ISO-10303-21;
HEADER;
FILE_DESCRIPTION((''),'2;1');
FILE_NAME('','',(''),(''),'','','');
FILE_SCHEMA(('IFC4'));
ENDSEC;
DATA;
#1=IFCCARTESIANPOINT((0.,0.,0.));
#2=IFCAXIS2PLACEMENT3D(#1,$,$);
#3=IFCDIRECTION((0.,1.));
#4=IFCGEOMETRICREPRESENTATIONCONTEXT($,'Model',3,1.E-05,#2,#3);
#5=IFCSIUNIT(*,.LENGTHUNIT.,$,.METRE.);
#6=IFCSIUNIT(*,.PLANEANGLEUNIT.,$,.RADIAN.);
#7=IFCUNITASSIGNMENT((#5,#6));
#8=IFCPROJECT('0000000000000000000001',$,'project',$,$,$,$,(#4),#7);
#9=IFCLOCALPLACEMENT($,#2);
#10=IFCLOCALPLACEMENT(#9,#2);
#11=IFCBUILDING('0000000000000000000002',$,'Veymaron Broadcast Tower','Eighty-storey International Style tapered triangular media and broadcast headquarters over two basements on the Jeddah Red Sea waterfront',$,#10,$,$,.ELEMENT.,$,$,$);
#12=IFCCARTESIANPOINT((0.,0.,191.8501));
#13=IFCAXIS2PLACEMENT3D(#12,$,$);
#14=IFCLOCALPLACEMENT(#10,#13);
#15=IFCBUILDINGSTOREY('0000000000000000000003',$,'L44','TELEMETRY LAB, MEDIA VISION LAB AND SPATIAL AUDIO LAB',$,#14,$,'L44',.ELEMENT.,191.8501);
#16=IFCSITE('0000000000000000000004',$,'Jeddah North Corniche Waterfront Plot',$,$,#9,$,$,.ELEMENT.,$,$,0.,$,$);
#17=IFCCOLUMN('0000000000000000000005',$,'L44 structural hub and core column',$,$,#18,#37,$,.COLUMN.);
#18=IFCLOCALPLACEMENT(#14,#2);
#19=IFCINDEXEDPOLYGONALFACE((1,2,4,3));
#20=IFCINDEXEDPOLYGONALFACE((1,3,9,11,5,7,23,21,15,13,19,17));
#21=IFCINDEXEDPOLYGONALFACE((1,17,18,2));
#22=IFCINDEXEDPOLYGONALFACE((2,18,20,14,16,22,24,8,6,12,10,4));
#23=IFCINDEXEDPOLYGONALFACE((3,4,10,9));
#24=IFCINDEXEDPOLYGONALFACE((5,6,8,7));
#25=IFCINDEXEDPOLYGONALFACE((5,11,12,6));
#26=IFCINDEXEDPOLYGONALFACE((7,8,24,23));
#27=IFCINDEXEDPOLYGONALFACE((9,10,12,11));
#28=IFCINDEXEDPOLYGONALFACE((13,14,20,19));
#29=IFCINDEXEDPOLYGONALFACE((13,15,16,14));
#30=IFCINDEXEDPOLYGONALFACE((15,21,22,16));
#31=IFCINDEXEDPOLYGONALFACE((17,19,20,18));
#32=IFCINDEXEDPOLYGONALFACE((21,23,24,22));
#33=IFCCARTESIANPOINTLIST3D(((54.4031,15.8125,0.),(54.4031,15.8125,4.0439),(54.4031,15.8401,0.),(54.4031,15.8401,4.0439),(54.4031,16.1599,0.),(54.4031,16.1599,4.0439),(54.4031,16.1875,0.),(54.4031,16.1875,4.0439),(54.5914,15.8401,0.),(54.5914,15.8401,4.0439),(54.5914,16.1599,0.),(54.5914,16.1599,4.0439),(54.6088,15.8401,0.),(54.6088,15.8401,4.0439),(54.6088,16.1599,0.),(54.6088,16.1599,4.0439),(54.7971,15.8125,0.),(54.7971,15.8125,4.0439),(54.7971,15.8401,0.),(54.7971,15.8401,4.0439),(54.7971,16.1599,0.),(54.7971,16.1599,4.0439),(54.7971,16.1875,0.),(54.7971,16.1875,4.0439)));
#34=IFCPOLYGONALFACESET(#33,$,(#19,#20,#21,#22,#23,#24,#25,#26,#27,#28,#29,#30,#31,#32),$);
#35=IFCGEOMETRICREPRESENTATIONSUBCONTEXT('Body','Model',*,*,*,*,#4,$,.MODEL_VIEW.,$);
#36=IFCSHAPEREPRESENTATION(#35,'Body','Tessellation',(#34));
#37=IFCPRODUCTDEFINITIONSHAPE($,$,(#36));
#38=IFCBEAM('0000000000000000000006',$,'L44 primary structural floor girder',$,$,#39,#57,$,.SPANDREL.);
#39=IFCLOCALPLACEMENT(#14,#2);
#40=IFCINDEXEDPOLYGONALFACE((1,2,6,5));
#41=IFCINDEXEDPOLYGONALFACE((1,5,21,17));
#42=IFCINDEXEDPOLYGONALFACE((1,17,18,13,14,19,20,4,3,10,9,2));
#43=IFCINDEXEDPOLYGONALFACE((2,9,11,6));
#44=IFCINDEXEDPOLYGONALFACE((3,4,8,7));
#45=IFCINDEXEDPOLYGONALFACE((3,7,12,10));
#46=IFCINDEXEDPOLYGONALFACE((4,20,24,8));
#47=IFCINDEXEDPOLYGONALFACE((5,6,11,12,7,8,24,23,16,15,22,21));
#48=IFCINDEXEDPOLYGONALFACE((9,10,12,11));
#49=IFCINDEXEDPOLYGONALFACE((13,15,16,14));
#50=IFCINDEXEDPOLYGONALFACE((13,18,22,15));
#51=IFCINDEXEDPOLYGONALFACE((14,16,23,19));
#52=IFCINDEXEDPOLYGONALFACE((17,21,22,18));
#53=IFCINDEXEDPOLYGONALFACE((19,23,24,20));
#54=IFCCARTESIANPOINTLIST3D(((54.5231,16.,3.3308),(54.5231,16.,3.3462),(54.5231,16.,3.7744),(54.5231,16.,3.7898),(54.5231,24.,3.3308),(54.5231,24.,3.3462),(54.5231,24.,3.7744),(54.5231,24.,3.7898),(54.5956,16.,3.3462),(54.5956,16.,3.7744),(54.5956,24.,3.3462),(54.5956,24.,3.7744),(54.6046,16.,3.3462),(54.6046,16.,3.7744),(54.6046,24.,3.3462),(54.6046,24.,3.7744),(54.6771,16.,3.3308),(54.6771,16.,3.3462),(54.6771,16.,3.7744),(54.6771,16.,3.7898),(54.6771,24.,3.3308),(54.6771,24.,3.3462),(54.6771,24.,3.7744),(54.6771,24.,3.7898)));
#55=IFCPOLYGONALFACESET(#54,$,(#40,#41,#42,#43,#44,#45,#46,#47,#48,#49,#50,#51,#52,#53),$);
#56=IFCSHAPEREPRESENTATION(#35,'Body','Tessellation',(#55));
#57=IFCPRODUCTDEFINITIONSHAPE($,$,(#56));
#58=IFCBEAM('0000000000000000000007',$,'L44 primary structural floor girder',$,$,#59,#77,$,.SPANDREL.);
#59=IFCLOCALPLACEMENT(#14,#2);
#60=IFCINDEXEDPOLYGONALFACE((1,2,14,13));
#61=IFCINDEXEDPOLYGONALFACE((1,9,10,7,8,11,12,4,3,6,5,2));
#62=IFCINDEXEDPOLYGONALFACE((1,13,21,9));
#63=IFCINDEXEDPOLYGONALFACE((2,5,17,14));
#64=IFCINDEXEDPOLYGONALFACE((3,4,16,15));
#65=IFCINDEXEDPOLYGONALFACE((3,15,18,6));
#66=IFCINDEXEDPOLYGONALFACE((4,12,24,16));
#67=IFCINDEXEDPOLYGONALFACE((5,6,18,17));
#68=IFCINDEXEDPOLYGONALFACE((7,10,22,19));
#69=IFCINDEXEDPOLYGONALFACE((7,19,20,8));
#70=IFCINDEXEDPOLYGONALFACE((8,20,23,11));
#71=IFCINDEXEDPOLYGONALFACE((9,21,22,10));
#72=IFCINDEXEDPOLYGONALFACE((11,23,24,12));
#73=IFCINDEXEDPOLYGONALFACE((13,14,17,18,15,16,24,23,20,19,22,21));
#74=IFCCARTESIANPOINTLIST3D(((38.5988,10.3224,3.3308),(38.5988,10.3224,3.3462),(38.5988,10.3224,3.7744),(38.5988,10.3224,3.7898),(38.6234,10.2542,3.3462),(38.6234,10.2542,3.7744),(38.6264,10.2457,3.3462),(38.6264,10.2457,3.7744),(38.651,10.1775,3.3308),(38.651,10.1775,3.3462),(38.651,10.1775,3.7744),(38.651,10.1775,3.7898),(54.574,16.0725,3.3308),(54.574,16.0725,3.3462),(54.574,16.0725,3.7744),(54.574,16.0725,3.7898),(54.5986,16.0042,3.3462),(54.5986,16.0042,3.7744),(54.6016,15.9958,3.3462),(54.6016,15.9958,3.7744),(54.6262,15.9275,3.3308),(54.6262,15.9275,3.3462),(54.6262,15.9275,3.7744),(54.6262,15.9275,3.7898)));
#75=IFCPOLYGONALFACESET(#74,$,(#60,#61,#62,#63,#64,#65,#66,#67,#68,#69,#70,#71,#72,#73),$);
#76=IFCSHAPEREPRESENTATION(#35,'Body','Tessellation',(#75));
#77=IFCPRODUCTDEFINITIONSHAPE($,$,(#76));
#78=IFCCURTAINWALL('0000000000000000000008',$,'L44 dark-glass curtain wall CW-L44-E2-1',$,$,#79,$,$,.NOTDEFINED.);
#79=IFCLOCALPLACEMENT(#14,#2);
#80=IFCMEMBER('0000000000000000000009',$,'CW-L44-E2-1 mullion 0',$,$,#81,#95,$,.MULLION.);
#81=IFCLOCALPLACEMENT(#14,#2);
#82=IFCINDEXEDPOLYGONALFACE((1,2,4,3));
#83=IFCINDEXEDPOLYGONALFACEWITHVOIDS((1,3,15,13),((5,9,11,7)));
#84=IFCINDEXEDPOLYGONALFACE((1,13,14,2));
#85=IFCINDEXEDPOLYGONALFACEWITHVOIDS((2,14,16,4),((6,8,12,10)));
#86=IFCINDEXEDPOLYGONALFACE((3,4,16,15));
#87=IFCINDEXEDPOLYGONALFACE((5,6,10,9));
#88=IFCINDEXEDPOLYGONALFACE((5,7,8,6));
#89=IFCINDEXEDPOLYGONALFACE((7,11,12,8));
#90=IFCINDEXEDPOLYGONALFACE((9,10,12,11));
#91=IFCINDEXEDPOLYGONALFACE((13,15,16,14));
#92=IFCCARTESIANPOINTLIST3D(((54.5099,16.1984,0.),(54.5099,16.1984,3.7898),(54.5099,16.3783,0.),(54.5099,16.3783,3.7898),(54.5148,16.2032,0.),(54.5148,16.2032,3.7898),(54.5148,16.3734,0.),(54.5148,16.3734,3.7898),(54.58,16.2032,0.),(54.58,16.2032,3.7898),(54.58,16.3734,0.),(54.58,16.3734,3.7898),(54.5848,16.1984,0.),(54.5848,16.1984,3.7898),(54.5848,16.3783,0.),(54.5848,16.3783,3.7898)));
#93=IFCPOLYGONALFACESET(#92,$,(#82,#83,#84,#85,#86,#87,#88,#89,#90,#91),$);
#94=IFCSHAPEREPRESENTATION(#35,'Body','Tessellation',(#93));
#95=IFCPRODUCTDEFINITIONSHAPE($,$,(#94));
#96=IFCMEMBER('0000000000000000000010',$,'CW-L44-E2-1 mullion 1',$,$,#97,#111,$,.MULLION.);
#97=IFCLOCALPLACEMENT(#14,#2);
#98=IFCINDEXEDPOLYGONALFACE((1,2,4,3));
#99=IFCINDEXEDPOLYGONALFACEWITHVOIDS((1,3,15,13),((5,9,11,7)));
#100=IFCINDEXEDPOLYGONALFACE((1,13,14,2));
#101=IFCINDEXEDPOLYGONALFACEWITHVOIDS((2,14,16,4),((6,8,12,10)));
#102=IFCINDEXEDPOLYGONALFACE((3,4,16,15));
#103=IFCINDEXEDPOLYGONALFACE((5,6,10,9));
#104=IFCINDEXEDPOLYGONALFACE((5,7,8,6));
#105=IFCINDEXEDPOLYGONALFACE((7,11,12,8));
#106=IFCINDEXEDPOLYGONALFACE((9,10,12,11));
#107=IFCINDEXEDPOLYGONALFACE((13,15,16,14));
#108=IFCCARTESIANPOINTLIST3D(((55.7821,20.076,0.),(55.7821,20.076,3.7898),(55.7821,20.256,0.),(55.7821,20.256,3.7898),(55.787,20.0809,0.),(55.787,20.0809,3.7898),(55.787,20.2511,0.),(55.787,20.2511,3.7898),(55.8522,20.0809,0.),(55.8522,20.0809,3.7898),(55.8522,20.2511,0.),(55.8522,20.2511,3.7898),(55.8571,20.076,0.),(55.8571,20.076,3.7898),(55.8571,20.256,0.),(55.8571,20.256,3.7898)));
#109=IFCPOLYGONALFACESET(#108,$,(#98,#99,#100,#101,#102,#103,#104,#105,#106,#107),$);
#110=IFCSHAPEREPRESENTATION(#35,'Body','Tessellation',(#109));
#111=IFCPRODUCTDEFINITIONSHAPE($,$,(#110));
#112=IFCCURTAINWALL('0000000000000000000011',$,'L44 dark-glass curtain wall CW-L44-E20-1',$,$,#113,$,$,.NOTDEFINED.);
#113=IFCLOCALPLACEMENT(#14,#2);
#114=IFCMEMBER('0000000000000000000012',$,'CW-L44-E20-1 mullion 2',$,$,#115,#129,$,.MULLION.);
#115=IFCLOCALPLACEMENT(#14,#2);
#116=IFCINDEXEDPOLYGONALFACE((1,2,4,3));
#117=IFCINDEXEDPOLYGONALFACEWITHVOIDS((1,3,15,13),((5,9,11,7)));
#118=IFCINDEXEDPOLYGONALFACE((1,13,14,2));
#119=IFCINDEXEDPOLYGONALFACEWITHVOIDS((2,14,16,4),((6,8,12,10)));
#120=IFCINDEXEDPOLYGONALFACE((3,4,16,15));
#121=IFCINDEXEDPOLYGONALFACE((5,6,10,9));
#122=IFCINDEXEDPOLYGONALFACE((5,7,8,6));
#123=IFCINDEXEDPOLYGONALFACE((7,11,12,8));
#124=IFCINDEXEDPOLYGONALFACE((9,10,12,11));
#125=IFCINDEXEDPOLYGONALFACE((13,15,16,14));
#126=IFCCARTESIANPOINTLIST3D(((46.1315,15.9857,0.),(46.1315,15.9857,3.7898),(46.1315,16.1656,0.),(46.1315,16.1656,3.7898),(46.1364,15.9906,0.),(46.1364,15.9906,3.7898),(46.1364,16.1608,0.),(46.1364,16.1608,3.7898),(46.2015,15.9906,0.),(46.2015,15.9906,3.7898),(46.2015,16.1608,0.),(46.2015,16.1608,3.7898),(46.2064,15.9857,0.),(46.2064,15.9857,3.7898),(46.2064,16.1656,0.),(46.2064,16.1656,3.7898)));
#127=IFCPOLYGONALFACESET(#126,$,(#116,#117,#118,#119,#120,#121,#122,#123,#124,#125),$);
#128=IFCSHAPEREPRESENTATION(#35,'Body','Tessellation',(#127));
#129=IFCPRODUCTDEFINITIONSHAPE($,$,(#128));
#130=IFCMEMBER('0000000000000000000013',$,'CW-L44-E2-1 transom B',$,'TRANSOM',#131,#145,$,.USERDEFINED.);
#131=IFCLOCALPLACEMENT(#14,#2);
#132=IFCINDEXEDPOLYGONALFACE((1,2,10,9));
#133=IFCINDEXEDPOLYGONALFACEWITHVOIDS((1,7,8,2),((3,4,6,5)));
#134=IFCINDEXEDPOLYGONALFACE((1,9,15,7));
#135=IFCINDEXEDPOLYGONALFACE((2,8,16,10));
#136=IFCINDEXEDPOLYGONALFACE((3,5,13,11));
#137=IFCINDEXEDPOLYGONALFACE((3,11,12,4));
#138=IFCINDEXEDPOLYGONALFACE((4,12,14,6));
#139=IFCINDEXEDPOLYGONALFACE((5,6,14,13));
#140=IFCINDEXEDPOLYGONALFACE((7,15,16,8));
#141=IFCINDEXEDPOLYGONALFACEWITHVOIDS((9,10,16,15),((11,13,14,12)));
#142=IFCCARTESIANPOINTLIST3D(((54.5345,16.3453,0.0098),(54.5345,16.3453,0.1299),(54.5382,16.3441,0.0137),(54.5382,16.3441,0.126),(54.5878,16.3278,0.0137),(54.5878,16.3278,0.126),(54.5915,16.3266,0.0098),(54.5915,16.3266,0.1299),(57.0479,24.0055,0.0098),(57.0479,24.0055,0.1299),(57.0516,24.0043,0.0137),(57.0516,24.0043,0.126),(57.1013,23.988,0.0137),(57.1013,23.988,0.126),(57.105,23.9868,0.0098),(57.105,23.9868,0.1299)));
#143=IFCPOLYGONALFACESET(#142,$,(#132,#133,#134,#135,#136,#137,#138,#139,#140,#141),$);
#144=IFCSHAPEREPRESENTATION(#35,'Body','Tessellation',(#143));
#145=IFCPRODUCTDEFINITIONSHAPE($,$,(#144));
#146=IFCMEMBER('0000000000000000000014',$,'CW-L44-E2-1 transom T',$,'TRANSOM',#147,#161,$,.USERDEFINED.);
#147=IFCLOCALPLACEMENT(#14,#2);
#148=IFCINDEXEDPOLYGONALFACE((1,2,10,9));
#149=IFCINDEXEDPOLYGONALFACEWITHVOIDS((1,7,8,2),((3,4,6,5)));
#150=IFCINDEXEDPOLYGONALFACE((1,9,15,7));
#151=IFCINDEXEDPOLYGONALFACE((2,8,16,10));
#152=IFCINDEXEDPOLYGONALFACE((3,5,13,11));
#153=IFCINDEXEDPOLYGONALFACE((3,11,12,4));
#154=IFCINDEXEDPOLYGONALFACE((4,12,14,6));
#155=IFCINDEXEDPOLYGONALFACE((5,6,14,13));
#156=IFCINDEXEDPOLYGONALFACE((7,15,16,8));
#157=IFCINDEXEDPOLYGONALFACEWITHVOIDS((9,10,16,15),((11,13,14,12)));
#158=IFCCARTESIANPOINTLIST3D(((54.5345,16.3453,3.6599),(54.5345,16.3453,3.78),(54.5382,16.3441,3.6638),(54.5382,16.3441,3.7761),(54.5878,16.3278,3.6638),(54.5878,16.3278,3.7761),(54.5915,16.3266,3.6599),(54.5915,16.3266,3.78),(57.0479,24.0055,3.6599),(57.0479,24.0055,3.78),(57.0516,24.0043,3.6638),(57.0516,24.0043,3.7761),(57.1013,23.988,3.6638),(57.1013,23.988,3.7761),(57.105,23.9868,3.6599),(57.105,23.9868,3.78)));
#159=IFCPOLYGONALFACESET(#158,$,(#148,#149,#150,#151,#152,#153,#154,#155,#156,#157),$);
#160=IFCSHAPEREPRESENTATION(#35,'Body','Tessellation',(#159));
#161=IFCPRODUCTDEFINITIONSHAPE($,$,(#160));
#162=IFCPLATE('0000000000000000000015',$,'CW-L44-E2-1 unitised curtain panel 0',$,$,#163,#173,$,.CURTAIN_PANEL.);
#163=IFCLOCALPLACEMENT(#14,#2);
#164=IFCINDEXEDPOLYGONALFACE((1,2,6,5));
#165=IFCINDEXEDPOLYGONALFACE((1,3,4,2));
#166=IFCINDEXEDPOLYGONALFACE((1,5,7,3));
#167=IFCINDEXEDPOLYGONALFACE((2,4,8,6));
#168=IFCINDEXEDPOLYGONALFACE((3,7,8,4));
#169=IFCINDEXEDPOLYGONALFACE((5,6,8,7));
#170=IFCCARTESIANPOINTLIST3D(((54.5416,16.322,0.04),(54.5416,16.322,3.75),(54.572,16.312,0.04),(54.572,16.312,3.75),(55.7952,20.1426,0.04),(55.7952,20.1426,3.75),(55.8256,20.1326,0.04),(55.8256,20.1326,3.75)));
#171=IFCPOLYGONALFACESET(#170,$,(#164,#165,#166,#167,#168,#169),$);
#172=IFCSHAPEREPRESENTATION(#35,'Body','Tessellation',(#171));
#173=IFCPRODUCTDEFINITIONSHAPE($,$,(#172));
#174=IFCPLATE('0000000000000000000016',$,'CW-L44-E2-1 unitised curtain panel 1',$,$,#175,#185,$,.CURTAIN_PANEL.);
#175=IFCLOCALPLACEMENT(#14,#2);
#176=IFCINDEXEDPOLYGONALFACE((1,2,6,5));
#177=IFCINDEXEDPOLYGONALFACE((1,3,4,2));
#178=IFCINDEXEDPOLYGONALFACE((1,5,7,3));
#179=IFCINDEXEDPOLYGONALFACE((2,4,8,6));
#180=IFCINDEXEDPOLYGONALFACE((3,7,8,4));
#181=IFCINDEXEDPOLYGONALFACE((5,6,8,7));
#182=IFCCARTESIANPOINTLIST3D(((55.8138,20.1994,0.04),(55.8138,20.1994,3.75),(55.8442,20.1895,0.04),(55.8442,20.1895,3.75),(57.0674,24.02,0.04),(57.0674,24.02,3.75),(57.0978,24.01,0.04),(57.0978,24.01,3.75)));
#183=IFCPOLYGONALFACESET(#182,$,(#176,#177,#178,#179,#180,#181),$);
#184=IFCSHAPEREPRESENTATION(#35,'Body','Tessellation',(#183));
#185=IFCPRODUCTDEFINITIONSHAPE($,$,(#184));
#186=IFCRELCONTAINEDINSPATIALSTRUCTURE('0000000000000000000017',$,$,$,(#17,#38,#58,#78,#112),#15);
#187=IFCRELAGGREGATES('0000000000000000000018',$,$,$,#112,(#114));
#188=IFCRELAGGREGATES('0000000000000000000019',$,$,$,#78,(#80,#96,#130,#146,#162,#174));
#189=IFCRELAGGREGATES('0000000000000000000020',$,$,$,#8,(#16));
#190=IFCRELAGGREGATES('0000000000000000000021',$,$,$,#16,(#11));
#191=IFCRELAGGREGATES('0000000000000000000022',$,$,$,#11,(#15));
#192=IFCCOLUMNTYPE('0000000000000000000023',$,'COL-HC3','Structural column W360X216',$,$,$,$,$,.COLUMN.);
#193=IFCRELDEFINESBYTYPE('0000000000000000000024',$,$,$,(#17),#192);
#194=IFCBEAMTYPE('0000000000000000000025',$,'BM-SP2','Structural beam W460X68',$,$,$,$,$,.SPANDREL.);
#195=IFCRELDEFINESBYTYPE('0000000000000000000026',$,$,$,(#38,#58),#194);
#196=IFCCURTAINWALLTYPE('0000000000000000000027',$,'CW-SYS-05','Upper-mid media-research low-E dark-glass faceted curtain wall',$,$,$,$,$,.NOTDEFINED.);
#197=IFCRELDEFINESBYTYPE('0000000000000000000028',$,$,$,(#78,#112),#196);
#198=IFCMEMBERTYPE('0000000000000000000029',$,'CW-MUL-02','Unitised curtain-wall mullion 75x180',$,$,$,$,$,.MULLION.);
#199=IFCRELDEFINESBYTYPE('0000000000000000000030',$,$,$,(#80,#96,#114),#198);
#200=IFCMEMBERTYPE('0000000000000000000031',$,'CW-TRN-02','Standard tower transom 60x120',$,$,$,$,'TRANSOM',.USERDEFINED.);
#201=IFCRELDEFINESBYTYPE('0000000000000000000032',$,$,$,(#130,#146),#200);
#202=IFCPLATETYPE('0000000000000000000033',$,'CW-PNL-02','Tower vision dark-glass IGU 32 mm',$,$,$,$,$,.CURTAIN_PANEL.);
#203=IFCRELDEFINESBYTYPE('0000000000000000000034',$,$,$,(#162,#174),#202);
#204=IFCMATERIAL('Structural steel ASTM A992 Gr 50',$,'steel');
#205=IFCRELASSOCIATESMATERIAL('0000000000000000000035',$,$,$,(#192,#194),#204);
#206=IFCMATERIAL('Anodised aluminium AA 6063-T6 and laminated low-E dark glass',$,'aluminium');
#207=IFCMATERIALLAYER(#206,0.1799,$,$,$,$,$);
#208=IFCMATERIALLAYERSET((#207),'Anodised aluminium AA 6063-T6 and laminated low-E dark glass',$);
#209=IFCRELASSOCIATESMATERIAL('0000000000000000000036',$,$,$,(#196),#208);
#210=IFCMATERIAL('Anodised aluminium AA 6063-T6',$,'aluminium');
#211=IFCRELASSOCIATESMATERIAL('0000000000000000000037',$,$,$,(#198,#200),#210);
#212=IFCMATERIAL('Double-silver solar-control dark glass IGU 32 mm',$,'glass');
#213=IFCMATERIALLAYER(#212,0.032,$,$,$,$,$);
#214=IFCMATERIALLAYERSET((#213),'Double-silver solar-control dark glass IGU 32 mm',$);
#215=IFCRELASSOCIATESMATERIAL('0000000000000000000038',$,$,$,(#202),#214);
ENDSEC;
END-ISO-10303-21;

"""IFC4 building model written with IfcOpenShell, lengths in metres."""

from ifc_helpers import new_model, si_unit, direction, frame, origin, origin_2d, place, context, subcontext, project, spatial, rectangle, hollow_rectangle, i_section, extrude, material, layer, layer_set, material_profile, profile_set, type_object, element, aggregate, save


model = new_model("IFC4")

# Units and contexts
model_context = context("Model", 3, precision=1e-05, world=origin(), true_north=direction((0.0, 1.0)))
body_context = subcontext(model_context, "Body", "Model", "MODEL_VIEW")
ifc_project = project(units=[si_unit("LENGTHUNIT", "METRE"), si_unit("PLANEANGLEUNIT", "RADIAN")], contexts=[model_context])

# Site, building, storey
site_placement = place(None, origin())
site = spatial("IfcSite", under=ifc_project, at=site_placement, Name="Jeddah North Corniche Waterfront Plot", CompositionType="ELEMENT", RefElevation=0.0)
building_placement = place(site_placement, origin())
building = spatial("IfcBuilding", under=site, at=building_placement, Name="Veymaron Broadcast Tower", Description="Eighty-storey International Style tapered triangular media and broadcast headquarters over two basements on the Jeddah Red Sea waterfront", CompositionType="ELEMENT")
storey_placement = place(building_placement, frame((0.0, 0.0, 191.8501)))
storey = spatial("IfcBuildingStorey", under=building, at=storey_placement, Name="L44", Description="TELEMETRY LAB, MEDIA VISION LAB AND SPATIAL AUDIO LAB", LongName="L44", CompositionType="ELEMENT", Elevation=191.8501)

# Column
ifc_material_1 = material(Name="Structural steel ASTM A992 Gr 50", Category="steel")
ifc_material_profile_1 = material_profile(ifc_material_1, i_section(OverallWidth=0.394, OverallDepth=0.375, WebThickness=0.0173, FlangeThickness=0.0276, at=origin_2d()), Name="W360X216")
ifc_profile_set_1 = profile_set([ifc_material_profile_1], Name="Structural steel ASTM A992 Gr 50")
column_type = type_object("IfcColumnType", Name="COL-HC3", Description="Structural column W360X216", PredefinedType="COLUMN", material=ifc_profile_set_1)
column_placement = place(storey_placement, frame((54.6001, 16.0, 0.0), z_axis=(0.0, 0.0, 1.0), x_axis=(1.0, 0.0, 0.0)))
element("IfcColumn", 1, at=column_placement, inside=storey, type_object=column_type, Name="L44 structural hub and core column", PredefinedType="COLUMN", context=body_context, shape_type="SweptSolid", body=[
    extrude(i_section(OverallWidth=0.394, OverallDepth=0.375, WebThickness=0.0173, FlangeThickness=0.0276, at=origin_2d()), origin(), (0.0, 0.0, 1.0), 4.0439),
])

# Beams
ifc_material_profile_2 = material_profile(ifc_material_1, i_section(OverallWidth=0.1541, OverallDepth=0.459, WebThickness=0.009, FlangeThickness=0.0154, at=origin_2d()), Name="W460X68")
ifc_profile_set_2 = profile_set([ifc_material_profile_2], Name="Structural steel ASTM A992 Gr 50")
beam_type = type_object("IfcBeamType", Name="BM-SP2", Description="Structural beam W460X68", PredefinedType="SPANDREL", material=ifc_profile_set_2)
beam_1_placement = place(storey_placement, frame((54.6001, 16.0, 3.5603), z_axis=(0.0, 1.0, 0.0), x_axis=(-1.0, 0.0, 0.0)))
element("IfcBeam", 2, at=beam_1_placement, inside=storey, type_object=beam_type, Name="L44 primary structural floor girder", PredefinedType="SPANDREL", context=body_context, shape_type="SweptSolid", body=[
    extrude(i_section(OverallWidth=0.1541, OverallDepth=0.459, WebThickness=0.009, FlangeThickness=0.0154, at=origin_2d()), origin(), (0.0, 0.0, 1.0), 8.0),
])
beam_2_placement = place(storey_placement, frame((54.6001, 16.0, 3.5603), z_axis=(-0.940907, -0.338665, 0.0), x_axis=(0.338665, -0.940907, 0.0)))
element("IfcBeam", 3, at=beam_2_placement, inside=storey, type_object=beam_type, Name="L44 primary structural floor girder", PredefinedType="SPANDREL", context=body_context, shape_type="SweptSolid", body=[
    extrude(i_section(OverallWidth=0.1541, OverallDepth=0.459, WebThickness=0.009, FlangeThickness=0.0154, at=origin_2d()), origin(), (0.0, 0.0, 1.0), 16.9785),
])

# Curtain wall, members
ifc_material_2 = material(Name="Anodised aluminium AA 6063-T6 and laminated low-E dark glass", Category="aluminium")
ifc_layer_1 = layer(ifc_material_2, 0.1799)
ifc_layer_set_1 = layer_set([ifc_layer_1], Name="Anodised aluminium AA 6063-T6 and laminated low-E dark glass")
curtain_wall_type = type_object("IfcCurtainWallType", Name="CW-SYS-05", Description="Upper-mid media-research low-E dark-glass faceted curtain wall", PredefinedType="NOTDEFINED", material=ifc_layer_set_1)
curtain_wall_1_placement = place(storey_placement, origin())
curtain_wall_1 = element("IfcCurtainWall", 4, at=curtain_wall_1_placement, inside=storey, type_object=curtain_wall_type, Name="L44 dark-glass curtain wall CW-L44-E2-1", PredefinedType="NOTDEFINED")
ifc_material_3 = material(Name="Anodised aluminium AA 6063-T6", Category="aluminium")
ifc_material_profile_3 = material_profile(ifc_material_3, hollow_rectangle(XDim=0.075, YDim=0.1799, WallThickness=0.0049, at=origin_2d()), Name="AL180X75X5")
ifc_profile_set_3 = profile_set([ifc_material_profile_3], Name="Anodised aluminium AA 6063-T6")
member_type_1 = type_object("IfcMemberType", Name="CW-MUL-02", Description="Unitised curtain-wall mullion 75x180", PredefinedType="MULLION", material=ifc_profile_set_3)
member_1_placement = place(storey_placement, frame((54.5474, 16.2883, 0.0), z_axis=(0.0, 0.0, 1.0), x_axis=(1.0, 0.0, 0.0)))
member_1 = element("IfcMember", 5, at=member_1_placement, type_object=member_type_1, Name="CW-L44-E2-1 mullion 0", PredefinedType="MULLION", context=body_context, shape_type="SweptSolid", body=[
    extrude(hollow_rectangle(XDim=0.075, YDim=0.1799, WallThickness=0.0049, at=origin_2d()), origin(), (0.0, 0.0, 1.0), 3.7898),
])
member_2_placement = place(storey_placement, frame((55.8196, 20.166, 0.0), z_axis=(0.0, 0.0, 1.0), x_axis=(1.0, 0.0, 0.0)))
member_2 = element("IfcMember", 6, at=member_2_placement, type_object=member_type_1, Name="CW-L44-E2-1 mullion 1", PredefinedType="MULLION", context=body_context, shape_type="SweptSolid", body=[
    extrude(hollow_rectangle(XDim=0.075, YDim=0.1799, WallThickness=0.0049, at=origin_2d()), origin(), (0.0, 0.0, 1.0), 3.7898),
])

# Curtain wall, member
curtain_wall_2_placement = place(storey_placement, origin())
curtain_wall_2 = element("IfcCurtainWall", 7, at=curtain_wall_2_placement, inside=storey, type_object=curtain_wall_type, Name="L44 dark-glass curtain wall CW-L44-E20-1", PredefinedType="NOTDEFINED")
member_3_placement = place(storey_placement, frame((46.1689, 16.0757, 0.0), z_axis=(0.0, 0.0, 1.0), x_axis=(1.0, 0.0, 0.0)))
member_3 = element("IfcMember", 8, at=member_3_placement, type_object=member_type_1, Name="CW-L44-E20-1 mullion 2", PredefinedType="MULLION", context=body_context, shape_type="SweptSolid", body=[
    extrude(hollow_rectangle(XDim=0.075, YDim=0.1799, WallThickness=0.0049, at=origin_2d()), origin(), (0.0, 0.0, 1.0), 3.7898),
])
aggregate(curtain_wall_2, [member_3])

# Members
ifc_material_profile_4 = material_profile(ifc_material_3, hollow_rectangle(XDim=0.0601, YDim=0.1201, WallThickness=0.0039, at=origin_2d()), Name="AL120X60X4")
ifc_profile_set_4 = profile_set([ifc_material_profile_4], Name="Anodised aluminium AA 6063-T6")
member_type_2 = type_object("IfcMemberType", Name="CW-TRN-02", Description="Standard tower transom 60x120", ElementType="TRANSOM", PredefinedType="USERDEFINED", material=ifc_profile_set_4)
member_4_placement = place(storey_placement, frame((54.563, 16.3359, 0.0698), z_axis=(0.311764, 0.95016, 0.0), x_axis=(-0.95016, 0.311764, 0.0)))
member_4 = element("IfcMember", 9, at=member_4_placement, type_object=member_type_2, Name="CW-L44-E2-1 transom B", ObjectType="TRANSOM", PredefinedType="USERDEFINED", context=body_context, shape_type="SweptSolid", body=[
    extrude(hollow_rectangle(XDim=0.0601, YDim=0.1201, WallThickness=0.0039, at=origin_2d()), origin(), (0.0, 0.0, 1.0), 8.062),
])
member_5_placement = place(storey_placement, frame((54.563, 16.3359, 3.72), z_axis=(0.311764, 0.95016, 0.0), x_axis=(-0.95016, 0.311764, 0.0)))
member_5 = element("IfcMember", 10, at=member_5_placement, type_object=member_type_2, Name="CW-L44-E2-1 transom T", ObjectType="TRANSOM", PredefinedType="USERDEFINED", context=body_context, shape_type="SweptSolid", body=[
    extrude(hollow_rectangle(XDim=0.0601, YDim=0.1201, WallThickness=0.0039, at=origin_2d()), origin(), (0.0, 0.0, 1.0), 8.062),
])

# Plates
ifc_material_4 = material(Name="Double-silver solar-control dark glass IGU 32 mm", Category="glass")
ifc_layer_2 = layer(ifc_material_4, 0.032)
ifc_layer_set_2 = layer_set([ifc_layer_2], Name="Double-silver solar-control dark glass IGU 32 mm")
plate_type = type_object("IfcPlateType", Name="CW-PNL-02", Description="Tower vision dark-glass IGU 32 mm", PredefinedType="CURTAIN_PANEL", material=ifc_layer_set_2)
plate_1_placement = place(storey_placement, frame((55.1836, 18.2273, 0.04), z_axis=(0.0, 0.0, 1.0), x_axis=(0.311771, 0.950157, 0.0)))
plate_1 = element("IfcPlate", 11, at=plate_1_placement, type_object=plate_type, Name="CW-L44-E2-1 unitised curtain panel 0", PredefinedType="CURTAIN_PANEL", context=body_context, shape_type="SweptSolid", body=[
    extrude(rectangle(XDim=4.021, YDim=0.032, at=origin_2d()), origin(), (0.0, 0.0, 1.0), 3.71),
])
plate_2_placement = place(storey_placement, frame((56.4558, 22.1047, 0.04), z_axis=(0.0, 0.0, 1.0), x_axis=(0.311771, 0.950157, 0.0)))
plate_2 = element("IfcPlate", 12, at=plate_2_placement, type_object=plate_type, Name="CW-L44-E2-1 unitised curtain panel 1", PredefinedType="CURTAIN_PANEL", context=body_context, shape_type="SweptSolid", body=[
    extrude(rectangle(XDim=4.021, YDim=0.032, at=origin_2d()), origin(), (0.0, 0.0, 1.0), 3.71),
])
aggregate(curtain_wall_1, [member_1, member_2, member_4, member_5, plate_1, plate_2])

save(model, "model.ifc")
